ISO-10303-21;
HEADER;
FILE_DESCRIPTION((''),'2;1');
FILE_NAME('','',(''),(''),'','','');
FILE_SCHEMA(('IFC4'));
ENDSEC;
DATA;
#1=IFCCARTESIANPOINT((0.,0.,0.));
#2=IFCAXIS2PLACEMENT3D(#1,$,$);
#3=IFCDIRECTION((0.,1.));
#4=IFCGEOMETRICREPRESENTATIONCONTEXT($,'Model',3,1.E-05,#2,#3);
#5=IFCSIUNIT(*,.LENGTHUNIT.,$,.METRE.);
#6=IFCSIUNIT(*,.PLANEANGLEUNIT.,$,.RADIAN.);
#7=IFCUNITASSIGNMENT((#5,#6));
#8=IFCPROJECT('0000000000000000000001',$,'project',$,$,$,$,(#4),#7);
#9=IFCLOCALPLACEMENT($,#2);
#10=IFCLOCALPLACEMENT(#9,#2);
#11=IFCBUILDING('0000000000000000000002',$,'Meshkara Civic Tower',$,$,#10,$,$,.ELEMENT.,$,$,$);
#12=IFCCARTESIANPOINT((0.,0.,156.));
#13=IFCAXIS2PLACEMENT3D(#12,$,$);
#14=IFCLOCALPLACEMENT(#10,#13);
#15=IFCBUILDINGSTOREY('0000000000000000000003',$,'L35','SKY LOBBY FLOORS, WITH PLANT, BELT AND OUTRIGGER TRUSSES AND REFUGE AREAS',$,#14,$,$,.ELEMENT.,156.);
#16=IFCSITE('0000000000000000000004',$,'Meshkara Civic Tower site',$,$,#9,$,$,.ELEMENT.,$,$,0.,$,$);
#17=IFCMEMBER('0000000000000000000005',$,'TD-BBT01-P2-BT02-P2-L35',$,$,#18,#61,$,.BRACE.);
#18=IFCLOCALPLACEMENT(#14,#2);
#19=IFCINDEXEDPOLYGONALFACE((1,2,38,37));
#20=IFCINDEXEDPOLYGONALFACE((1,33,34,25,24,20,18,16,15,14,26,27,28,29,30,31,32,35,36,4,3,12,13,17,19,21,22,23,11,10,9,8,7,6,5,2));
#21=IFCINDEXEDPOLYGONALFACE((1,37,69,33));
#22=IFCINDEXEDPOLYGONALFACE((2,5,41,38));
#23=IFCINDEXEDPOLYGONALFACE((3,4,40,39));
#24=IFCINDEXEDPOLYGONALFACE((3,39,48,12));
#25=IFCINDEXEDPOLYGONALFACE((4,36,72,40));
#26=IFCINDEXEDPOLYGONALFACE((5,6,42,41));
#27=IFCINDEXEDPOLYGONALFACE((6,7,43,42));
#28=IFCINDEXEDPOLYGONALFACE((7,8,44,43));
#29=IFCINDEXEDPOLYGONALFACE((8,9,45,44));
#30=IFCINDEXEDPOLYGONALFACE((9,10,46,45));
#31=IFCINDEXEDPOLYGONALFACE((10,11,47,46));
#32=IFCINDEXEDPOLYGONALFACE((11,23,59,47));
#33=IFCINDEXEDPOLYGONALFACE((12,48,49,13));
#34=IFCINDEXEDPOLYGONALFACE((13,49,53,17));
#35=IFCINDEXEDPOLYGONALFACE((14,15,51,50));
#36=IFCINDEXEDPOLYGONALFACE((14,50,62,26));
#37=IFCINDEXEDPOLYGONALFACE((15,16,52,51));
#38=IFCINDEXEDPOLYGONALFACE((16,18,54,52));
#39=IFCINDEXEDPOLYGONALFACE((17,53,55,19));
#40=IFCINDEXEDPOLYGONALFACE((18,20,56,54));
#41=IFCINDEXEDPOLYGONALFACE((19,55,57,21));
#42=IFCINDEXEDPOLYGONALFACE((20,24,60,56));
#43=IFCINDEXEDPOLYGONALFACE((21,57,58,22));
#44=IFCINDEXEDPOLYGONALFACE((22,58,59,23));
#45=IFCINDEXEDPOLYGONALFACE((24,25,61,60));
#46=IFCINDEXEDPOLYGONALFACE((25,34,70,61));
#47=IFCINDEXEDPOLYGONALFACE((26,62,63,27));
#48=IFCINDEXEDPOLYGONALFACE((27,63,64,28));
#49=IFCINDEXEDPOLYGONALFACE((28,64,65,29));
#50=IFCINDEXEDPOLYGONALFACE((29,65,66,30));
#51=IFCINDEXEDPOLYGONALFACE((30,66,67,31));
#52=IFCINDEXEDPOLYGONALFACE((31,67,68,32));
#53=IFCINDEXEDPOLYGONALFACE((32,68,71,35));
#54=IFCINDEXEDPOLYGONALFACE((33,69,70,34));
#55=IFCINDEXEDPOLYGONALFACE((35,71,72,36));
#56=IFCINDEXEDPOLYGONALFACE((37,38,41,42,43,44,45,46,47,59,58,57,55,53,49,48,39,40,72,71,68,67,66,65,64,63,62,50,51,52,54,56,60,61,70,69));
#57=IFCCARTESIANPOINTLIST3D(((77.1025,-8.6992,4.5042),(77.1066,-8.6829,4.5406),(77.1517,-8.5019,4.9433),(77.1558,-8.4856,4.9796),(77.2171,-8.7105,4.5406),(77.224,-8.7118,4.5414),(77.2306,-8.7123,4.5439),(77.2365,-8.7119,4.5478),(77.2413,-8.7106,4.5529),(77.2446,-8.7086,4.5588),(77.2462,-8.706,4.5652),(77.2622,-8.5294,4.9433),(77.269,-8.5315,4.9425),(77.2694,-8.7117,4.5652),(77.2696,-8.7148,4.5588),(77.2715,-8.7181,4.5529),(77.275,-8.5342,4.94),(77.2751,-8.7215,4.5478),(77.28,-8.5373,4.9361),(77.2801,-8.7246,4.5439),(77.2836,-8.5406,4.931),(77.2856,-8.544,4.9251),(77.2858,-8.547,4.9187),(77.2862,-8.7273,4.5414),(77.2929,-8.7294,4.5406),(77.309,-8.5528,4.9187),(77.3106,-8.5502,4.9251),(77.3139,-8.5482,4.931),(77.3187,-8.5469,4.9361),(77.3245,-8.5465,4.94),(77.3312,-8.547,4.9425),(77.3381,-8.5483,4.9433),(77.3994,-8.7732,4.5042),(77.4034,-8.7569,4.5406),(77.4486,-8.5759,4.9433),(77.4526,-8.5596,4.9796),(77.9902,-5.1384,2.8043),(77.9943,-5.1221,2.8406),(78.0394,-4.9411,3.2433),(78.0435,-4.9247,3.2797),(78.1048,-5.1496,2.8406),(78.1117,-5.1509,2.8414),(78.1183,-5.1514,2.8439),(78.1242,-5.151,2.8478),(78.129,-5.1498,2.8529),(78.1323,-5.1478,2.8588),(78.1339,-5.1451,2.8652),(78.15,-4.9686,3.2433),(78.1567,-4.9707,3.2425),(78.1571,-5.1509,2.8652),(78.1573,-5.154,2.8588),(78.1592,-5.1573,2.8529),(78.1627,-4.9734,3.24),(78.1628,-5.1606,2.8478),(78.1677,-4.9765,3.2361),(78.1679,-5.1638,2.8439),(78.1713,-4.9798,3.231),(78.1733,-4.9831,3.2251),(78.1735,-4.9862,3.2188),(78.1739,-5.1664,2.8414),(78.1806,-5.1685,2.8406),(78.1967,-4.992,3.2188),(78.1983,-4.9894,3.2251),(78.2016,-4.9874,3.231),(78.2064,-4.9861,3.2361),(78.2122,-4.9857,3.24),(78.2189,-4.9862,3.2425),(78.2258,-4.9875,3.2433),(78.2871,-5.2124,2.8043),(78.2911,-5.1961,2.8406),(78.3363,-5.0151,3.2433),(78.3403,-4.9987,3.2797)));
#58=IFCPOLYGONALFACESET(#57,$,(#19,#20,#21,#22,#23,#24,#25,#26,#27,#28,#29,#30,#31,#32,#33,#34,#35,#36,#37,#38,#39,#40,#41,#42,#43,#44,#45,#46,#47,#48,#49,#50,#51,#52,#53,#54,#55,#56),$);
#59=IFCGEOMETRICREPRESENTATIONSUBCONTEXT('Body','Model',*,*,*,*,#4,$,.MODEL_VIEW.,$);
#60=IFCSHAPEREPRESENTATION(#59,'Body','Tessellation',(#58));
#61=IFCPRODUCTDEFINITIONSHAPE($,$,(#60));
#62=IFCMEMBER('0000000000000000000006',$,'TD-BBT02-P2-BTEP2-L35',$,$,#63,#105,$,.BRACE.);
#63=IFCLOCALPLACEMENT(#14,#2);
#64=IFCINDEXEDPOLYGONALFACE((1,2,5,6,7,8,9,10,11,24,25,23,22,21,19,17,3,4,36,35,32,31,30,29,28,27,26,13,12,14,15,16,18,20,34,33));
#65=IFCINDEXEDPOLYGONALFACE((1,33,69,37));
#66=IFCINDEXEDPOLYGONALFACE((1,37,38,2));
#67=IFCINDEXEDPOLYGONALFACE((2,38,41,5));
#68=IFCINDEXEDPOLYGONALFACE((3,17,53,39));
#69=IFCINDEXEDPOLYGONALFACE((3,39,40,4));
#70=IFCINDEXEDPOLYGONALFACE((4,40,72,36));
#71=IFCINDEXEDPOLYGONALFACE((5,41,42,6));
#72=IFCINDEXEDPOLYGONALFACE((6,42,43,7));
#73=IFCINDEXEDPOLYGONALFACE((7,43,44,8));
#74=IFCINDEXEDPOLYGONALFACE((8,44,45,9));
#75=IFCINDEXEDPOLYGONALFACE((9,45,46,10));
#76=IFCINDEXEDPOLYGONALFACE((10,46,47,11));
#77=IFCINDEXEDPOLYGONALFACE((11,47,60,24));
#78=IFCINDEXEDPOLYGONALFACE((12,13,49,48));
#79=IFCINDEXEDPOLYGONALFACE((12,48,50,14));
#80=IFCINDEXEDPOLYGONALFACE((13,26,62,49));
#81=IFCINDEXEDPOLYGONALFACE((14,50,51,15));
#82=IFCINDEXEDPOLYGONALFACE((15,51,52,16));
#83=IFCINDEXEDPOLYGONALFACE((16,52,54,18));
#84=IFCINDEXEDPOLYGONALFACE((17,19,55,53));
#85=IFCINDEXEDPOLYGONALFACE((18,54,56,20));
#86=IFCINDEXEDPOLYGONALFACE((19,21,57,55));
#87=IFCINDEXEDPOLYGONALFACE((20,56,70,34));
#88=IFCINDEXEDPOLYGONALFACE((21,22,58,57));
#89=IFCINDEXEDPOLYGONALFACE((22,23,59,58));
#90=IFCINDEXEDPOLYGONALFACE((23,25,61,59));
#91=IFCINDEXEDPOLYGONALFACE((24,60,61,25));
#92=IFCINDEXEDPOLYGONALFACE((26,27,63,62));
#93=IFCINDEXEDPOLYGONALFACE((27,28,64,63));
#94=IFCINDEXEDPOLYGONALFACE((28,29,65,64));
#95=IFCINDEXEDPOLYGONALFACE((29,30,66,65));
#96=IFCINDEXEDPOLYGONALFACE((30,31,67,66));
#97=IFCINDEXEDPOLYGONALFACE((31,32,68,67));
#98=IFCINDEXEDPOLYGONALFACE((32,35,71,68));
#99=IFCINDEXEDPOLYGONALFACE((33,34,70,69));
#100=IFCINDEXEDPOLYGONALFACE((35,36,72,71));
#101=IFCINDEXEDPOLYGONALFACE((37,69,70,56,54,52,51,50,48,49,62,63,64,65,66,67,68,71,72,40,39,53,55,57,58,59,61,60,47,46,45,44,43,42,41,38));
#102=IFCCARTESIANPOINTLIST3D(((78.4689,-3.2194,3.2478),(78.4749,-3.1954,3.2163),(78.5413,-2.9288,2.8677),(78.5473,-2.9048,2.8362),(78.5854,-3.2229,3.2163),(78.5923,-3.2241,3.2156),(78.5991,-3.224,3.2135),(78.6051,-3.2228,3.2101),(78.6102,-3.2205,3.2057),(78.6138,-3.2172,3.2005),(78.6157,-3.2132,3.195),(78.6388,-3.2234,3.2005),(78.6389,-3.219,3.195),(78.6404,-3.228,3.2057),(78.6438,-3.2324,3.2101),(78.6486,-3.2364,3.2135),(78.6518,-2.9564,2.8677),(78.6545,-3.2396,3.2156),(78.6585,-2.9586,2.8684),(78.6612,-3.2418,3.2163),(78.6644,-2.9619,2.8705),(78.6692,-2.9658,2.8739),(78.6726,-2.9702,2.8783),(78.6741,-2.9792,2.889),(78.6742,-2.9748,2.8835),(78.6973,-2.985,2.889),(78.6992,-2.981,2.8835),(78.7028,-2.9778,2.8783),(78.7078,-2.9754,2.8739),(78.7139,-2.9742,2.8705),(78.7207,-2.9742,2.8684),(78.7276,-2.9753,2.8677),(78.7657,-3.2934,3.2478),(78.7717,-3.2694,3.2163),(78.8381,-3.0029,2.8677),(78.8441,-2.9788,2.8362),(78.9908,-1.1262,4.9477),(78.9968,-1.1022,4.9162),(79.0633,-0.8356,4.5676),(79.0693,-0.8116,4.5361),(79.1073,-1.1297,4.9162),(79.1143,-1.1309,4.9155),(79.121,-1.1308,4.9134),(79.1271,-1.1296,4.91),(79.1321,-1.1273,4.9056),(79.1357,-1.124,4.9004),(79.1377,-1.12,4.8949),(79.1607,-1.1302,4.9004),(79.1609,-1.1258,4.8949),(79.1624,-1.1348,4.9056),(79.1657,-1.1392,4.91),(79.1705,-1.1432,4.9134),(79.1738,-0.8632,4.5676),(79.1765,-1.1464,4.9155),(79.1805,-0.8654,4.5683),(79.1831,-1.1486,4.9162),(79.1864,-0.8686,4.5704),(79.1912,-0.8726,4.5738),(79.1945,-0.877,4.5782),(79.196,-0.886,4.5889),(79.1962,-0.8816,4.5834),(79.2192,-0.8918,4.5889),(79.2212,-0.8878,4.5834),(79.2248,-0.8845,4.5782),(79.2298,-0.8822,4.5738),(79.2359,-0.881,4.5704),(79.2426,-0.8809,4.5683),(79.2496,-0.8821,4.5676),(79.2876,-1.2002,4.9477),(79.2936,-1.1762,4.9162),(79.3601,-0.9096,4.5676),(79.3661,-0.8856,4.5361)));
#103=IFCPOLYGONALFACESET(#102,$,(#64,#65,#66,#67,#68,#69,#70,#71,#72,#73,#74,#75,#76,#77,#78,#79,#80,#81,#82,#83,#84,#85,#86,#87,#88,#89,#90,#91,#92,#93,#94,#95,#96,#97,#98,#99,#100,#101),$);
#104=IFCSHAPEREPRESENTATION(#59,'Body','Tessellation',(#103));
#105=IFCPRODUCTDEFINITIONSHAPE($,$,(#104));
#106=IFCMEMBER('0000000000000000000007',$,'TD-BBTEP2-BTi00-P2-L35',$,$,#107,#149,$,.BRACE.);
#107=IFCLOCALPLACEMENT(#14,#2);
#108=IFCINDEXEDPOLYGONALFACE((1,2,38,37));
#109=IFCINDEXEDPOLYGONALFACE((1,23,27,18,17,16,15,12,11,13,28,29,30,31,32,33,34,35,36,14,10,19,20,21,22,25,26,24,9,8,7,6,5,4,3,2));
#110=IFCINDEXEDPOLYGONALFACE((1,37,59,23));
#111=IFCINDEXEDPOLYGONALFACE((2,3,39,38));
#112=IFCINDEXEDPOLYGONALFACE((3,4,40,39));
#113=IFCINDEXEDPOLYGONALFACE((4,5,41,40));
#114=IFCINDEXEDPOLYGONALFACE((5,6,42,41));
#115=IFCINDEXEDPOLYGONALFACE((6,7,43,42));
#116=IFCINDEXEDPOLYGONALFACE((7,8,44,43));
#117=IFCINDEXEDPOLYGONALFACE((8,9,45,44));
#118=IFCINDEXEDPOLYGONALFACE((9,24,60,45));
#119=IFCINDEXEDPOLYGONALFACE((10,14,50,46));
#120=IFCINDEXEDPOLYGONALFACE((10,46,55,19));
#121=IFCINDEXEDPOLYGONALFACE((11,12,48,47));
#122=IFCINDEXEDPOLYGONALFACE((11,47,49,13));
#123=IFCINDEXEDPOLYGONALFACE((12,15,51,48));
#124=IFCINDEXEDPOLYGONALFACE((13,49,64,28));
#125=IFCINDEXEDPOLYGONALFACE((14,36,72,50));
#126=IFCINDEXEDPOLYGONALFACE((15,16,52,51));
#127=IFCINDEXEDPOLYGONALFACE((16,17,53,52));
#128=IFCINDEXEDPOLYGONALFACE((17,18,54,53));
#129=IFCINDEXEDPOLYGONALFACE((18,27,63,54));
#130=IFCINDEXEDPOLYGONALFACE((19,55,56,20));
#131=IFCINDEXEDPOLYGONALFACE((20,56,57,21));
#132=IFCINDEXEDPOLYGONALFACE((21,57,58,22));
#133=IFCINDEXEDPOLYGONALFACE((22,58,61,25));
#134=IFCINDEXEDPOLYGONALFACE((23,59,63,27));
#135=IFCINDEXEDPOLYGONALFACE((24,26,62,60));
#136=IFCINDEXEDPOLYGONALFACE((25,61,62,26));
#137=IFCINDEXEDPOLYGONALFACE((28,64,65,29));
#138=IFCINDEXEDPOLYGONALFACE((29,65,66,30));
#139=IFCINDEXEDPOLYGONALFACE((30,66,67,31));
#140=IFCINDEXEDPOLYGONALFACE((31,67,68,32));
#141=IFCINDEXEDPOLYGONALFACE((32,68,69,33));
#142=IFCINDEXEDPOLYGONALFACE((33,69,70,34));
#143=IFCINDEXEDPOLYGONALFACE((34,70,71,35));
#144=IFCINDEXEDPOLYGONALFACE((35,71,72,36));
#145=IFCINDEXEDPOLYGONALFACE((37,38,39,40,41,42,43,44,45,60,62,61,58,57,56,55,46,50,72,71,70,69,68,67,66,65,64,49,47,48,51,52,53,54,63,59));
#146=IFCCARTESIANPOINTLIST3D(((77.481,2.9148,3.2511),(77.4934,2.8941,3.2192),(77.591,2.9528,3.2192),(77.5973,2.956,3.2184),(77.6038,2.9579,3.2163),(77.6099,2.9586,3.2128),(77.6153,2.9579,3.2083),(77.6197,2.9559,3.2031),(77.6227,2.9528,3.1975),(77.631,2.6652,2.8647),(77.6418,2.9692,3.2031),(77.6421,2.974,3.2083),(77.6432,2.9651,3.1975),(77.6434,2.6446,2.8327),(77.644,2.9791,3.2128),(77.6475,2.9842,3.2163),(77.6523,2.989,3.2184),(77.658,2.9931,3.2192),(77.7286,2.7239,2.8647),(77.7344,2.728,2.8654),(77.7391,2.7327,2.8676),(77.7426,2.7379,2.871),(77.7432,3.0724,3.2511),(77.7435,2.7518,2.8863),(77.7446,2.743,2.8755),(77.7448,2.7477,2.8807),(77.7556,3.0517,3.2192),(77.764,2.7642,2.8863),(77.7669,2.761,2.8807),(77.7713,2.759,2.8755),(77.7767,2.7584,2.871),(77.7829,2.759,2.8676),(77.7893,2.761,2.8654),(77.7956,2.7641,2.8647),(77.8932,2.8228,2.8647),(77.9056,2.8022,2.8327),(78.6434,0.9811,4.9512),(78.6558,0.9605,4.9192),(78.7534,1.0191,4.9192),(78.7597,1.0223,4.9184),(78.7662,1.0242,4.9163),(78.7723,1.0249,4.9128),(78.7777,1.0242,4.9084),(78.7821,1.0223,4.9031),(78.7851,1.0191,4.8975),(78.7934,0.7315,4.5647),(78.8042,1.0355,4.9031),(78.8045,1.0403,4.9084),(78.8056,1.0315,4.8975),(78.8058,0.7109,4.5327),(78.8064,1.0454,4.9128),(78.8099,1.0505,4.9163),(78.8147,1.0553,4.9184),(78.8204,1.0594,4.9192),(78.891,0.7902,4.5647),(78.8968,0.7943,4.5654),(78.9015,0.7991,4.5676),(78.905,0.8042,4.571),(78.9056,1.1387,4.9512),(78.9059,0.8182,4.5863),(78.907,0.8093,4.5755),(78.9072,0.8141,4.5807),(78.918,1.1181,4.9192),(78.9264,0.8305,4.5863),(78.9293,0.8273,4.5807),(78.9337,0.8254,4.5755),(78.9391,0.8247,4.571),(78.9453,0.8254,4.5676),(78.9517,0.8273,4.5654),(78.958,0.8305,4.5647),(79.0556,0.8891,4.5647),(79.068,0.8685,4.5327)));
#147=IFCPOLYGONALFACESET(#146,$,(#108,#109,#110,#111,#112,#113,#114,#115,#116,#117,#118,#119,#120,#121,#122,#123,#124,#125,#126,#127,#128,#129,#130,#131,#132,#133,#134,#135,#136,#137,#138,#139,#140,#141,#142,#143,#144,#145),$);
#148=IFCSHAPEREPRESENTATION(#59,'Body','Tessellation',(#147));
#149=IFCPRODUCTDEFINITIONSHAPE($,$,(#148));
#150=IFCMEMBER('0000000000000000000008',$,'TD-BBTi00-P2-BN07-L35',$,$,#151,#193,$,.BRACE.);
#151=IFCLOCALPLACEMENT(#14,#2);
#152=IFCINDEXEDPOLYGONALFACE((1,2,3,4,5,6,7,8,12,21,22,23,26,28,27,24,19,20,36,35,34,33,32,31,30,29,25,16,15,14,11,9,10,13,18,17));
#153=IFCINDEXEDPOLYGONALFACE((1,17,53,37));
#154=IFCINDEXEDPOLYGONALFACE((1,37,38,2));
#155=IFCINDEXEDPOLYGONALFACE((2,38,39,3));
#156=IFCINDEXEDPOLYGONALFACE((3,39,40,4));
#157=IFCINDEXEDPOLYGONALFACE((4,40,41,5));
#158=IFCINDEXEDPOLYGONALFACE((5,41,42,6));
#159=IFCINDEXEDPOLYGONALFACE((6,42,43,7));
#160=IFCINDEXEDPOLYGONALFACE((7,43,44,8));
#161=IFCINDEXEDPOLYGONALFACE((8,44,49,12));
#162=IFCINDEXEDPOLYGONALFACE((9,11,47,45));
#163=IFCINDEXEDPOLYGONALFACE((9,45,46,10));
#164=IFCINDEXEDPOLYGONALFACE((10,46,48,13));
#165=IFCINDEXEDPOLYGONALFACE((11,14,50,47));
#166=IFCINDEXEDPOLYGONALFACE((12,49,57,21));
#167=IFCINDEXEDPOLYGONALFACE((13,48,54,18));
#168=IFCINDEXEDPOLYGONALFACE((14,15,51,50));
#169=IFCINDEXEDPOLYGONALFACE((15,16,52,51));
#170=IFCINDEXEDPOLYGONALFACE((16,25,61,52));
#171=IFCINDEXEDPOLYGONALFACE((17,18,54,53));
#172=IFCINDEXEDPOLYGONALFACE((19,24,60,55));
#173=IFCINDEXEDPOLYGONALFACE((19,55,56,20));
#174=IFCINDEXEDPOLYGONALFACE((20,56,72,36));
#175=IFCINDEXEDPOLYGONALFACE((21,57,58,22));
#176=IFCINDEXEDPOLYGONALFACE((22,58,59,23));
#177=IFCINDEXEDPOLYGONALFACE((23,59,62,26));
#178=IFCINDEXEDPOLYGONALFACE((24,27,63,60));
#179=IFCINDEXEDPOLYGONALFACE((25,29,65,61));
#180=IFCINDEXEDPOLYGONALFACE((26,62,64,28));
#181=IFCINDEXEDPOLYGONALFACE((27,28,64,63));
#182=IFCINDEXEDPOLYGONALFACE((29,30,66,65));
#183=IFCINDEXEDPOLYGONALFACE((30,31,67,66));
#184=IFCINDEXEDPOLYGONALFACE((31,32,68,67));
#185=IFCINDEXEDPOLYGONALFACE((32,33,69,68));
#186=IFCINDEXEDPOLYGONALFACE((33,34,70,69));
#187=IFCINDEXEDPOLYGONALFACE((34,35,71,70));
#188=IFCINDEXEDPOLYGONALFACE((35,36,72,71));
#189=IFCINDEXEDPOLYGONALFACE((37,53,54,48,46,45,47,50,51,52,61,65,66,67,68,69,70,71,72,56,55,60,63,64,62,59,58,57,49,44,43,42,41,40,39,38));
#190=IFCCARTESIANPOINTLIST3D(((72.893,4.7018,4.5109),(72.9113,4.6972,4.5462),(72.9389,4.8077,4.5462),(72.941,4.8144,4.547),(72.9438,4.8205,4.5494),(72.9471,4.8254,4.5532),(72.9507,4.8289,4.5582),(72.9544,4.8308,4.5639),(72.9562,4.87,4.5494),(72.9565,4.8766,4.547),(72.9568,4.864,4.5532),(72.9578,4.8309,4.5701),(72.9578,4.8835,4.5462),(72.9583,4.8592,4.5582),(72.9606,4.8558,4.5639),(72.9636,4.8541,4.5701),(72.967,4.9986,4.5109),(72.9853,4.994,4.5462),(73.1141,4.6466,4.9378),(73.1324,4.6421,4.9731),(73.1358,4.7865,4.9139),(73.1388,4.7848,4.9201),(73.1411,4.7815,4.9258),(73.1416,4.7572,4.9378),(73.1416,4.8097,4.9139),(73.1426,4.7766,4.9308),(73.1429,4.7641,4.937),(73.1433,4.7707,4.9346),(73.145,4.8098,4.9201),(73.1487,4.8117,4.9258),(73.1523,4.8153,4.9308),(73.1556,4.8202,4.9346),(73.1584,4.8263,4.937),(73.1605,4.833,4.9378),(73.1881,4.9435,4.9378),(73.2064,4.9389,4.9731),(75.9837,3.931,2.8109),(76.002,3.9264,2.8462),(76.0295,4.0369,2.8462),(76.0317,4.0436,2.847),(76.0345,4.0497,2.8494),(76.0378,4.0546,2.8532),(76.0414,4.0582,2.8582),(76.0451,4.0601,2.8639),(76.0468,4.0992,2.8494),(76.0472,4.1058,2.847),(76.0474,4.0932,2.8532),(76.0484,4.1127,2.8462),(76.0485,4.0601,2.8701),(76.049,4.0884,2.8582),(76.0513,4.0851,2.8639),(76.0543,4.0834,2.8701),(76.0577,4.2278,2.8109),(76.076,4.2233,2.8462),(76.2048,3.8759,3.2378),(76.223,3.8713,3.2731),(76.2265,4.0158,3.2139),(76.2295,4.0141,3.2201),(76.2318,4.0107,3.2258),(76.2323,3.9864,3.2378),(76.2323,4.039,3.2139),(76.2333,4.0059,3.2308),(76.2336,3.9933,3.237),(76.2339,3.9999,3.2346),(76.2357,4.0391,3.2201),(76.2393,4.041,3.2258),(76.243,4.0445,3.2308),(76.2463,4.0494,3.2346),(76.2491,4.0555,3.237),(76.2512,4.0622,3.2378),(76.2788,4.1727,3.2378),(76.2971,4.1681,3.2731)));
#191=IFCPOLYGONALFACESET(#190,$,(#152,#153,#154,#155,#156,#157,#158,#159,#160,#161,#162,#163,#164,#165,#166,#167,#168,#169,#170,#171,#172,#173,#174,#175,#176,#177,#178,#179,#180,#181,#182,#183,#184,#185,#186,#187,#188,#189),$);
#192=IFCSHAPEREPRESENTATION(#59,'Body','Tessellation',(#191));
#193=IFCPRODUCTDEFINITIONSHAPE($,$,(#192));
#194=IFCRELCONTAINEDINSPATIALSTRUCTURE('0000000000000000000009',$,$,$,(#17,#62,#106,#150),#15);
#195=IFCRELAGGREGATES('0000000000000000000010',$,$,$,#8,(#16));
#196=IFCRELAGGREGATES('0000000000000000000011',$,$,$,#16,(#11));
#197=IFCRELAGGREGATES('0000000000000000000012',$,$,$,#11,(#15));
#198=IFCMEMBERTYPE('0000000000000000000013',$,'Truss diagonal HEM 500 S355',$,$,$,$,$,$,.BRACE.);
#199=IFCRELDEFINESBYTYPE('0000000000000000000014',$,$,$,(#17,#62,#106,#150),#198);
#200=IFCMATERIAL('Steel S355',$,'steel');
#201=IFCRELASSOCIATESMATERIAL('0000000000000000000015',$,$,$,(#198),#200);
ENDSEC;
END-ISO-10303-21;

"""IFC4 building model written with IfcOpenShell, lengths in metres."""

from ifc_helpers import new_model, si_unit, direction, frame, origin, origin_2d, place, context, subcontext, project, spatial, i_section, extrude, material, material_profile, profile_set, type_object, element, save


model = new_model("IFC4")

# Units and contexts
model_context = context("Model", 3, precision=1e-05, world=origin(), true_north=direction((0.0, 1.0)))
body_context = subcontext(model_context, "Body", "Model", "MODEL_VIEW")
ifc_project = project(units=[si_unit("LENGTHUNIT", "METRE"), si_unit("PLANEANGLEUNIT", "RADIAN")], contexts=[model_context])

# Site, building, storey
site_placement = place(None, origin())
site = spatial("IfcSite", under=ifc_project, at=site_placement, Name="Meshkara Civic Tower site", CompositionType="ELEMENT", RefElevation=0.0)
building_placement = place(site_placement, origin())
building = spatial("IfcBuilding", under=site, at=building_placement, Name="Meshkara Civic Tower", CompositionType="ELEMENT")
storey_placement = place(building_placement, frame((0.0, 0.0, 156.0)))
storey = spatial("IfcBuildingStorey", under=building, at=storey_placement, Name="L35", Description="SKY LOBBY FLOORS, WITH PLANT, BELT AND OUTRIGGER TRUSSES AND REFUGE AREAS", CompositionType="ELEMENT", Elevation=156.0)

# Members
ifc_material_1 = material(Name="Steel S355", Category="steel")
ifc_material_profile_1 = material_profile(ifc_material_1, i_section(OverallWidth=0.3059, OverallDepth=0.5239, WebThickness=0.0239, FlangeThickness=0.04, FilletRadius=0.0271, at=origin_2d()))
ifc_profile_set_1 = profile_set([ifc_material_profile_1], Name="Steel S355")
member_type = type_object("IfcMemberType", Name="Truss diagonal HEM 500 S355", PredefinedType="BRACE", material=ifc_profile_set_1)
member_1_placement = place(storey_placement, frame((77.2776, -8.6294, 4.7419), z_axis=(0.219488, 0.880428, -0.420324), x_axis=(-0.970303, 0.241894, 0.0)))
element("IfcMember", 1, at=member_1_placement, inside=storey, type_object=member_type, Name="TD-BBT01-P2-BT02-P2-L35", PredefinedType="BRACE", context=body_context, shape_type="SweptSolid", body=[
    extrude(i_section(OverallWidth=0.3059, OverallDepth=0.5239, WebThickness=0.0239, FlangeThickness=0.04, FilletRadius=0.0271, at=origin_2d()), origin(), (0.0, 0.0, 1.0), 4.0444),
])
member_2_placement = place(storey_placement, frame((78.6565, -3.0991, 3.042), z_axis=(0.19004, 0.762117, 0.61892), x_axis=(-0.970289, 0.24195, 0.0)))
element("IfcMember", 2, at=member_2_placement, inside=storey, type_object=member_type, Name="TD-BBT02-P2-BTEP2-L35", PredefinedType="BRACE", context=body_context, shape_type="SweptSolid", body=[
    extrude(i_section(OverallWidth=0.3059, OverallDepth=0.5239, WebThickness=0.0239, FlangeThickness=0.04, FilletRadius=0.0271, at=origin_2d()), origin(), (0.0, 0.0, 1.0), 2.7466),
])
member_3_placement = place(storey_placement, frame((78.8557, 0.9248, 4.7419), z_axis=(-0.411477, 0.684498, -0.601788), x_axis=(-0.857063, -0.515212, 0.0)))
element("IfcMember", 3, at=member_3_placement, inside=storey, type_object=member_type, Name="TD-BBTEP2-BTi00-P2-L35", PredefinedType="BRACE", context=body_context, shape_type="SweptSolid", body=[
    extrude(i_section(OverallWidth=0.3059, OverallDepth=0.5239, WebThickness=0.0239, FlangeThickness=0.04, FilletRadius=0.0271, at=origin_2d()), origin(), (0.0, 0.0, 1.0), 2.825),
])
member_4_placement = place(storey_placement, frame((76.1404, 4.0496, 3.042), z_axis=(-0.856002, 0.213476, 0.470838), x_axis=(-0.241977, -0.970282, 0.0)))
element("IfcMember", 4, at=member_4_placement, inside=storey, type_object=member_type, Name="TD-BBTi00-P2-BN07-L35", PredefinedType="BRACE", context=body_context, shape_type="SweptSolid", body=[
    extrude(i_section(OverallWidth=0.3059, OverallDepth=0.5239, WebThickness=0.0239, FlangeThickness=0.04, FilletRadius=0.0271, at=origin_2d()), origin(), (0.0, 0.0, 1.0), 3.6106),
])

save(model, "model.ifc")
